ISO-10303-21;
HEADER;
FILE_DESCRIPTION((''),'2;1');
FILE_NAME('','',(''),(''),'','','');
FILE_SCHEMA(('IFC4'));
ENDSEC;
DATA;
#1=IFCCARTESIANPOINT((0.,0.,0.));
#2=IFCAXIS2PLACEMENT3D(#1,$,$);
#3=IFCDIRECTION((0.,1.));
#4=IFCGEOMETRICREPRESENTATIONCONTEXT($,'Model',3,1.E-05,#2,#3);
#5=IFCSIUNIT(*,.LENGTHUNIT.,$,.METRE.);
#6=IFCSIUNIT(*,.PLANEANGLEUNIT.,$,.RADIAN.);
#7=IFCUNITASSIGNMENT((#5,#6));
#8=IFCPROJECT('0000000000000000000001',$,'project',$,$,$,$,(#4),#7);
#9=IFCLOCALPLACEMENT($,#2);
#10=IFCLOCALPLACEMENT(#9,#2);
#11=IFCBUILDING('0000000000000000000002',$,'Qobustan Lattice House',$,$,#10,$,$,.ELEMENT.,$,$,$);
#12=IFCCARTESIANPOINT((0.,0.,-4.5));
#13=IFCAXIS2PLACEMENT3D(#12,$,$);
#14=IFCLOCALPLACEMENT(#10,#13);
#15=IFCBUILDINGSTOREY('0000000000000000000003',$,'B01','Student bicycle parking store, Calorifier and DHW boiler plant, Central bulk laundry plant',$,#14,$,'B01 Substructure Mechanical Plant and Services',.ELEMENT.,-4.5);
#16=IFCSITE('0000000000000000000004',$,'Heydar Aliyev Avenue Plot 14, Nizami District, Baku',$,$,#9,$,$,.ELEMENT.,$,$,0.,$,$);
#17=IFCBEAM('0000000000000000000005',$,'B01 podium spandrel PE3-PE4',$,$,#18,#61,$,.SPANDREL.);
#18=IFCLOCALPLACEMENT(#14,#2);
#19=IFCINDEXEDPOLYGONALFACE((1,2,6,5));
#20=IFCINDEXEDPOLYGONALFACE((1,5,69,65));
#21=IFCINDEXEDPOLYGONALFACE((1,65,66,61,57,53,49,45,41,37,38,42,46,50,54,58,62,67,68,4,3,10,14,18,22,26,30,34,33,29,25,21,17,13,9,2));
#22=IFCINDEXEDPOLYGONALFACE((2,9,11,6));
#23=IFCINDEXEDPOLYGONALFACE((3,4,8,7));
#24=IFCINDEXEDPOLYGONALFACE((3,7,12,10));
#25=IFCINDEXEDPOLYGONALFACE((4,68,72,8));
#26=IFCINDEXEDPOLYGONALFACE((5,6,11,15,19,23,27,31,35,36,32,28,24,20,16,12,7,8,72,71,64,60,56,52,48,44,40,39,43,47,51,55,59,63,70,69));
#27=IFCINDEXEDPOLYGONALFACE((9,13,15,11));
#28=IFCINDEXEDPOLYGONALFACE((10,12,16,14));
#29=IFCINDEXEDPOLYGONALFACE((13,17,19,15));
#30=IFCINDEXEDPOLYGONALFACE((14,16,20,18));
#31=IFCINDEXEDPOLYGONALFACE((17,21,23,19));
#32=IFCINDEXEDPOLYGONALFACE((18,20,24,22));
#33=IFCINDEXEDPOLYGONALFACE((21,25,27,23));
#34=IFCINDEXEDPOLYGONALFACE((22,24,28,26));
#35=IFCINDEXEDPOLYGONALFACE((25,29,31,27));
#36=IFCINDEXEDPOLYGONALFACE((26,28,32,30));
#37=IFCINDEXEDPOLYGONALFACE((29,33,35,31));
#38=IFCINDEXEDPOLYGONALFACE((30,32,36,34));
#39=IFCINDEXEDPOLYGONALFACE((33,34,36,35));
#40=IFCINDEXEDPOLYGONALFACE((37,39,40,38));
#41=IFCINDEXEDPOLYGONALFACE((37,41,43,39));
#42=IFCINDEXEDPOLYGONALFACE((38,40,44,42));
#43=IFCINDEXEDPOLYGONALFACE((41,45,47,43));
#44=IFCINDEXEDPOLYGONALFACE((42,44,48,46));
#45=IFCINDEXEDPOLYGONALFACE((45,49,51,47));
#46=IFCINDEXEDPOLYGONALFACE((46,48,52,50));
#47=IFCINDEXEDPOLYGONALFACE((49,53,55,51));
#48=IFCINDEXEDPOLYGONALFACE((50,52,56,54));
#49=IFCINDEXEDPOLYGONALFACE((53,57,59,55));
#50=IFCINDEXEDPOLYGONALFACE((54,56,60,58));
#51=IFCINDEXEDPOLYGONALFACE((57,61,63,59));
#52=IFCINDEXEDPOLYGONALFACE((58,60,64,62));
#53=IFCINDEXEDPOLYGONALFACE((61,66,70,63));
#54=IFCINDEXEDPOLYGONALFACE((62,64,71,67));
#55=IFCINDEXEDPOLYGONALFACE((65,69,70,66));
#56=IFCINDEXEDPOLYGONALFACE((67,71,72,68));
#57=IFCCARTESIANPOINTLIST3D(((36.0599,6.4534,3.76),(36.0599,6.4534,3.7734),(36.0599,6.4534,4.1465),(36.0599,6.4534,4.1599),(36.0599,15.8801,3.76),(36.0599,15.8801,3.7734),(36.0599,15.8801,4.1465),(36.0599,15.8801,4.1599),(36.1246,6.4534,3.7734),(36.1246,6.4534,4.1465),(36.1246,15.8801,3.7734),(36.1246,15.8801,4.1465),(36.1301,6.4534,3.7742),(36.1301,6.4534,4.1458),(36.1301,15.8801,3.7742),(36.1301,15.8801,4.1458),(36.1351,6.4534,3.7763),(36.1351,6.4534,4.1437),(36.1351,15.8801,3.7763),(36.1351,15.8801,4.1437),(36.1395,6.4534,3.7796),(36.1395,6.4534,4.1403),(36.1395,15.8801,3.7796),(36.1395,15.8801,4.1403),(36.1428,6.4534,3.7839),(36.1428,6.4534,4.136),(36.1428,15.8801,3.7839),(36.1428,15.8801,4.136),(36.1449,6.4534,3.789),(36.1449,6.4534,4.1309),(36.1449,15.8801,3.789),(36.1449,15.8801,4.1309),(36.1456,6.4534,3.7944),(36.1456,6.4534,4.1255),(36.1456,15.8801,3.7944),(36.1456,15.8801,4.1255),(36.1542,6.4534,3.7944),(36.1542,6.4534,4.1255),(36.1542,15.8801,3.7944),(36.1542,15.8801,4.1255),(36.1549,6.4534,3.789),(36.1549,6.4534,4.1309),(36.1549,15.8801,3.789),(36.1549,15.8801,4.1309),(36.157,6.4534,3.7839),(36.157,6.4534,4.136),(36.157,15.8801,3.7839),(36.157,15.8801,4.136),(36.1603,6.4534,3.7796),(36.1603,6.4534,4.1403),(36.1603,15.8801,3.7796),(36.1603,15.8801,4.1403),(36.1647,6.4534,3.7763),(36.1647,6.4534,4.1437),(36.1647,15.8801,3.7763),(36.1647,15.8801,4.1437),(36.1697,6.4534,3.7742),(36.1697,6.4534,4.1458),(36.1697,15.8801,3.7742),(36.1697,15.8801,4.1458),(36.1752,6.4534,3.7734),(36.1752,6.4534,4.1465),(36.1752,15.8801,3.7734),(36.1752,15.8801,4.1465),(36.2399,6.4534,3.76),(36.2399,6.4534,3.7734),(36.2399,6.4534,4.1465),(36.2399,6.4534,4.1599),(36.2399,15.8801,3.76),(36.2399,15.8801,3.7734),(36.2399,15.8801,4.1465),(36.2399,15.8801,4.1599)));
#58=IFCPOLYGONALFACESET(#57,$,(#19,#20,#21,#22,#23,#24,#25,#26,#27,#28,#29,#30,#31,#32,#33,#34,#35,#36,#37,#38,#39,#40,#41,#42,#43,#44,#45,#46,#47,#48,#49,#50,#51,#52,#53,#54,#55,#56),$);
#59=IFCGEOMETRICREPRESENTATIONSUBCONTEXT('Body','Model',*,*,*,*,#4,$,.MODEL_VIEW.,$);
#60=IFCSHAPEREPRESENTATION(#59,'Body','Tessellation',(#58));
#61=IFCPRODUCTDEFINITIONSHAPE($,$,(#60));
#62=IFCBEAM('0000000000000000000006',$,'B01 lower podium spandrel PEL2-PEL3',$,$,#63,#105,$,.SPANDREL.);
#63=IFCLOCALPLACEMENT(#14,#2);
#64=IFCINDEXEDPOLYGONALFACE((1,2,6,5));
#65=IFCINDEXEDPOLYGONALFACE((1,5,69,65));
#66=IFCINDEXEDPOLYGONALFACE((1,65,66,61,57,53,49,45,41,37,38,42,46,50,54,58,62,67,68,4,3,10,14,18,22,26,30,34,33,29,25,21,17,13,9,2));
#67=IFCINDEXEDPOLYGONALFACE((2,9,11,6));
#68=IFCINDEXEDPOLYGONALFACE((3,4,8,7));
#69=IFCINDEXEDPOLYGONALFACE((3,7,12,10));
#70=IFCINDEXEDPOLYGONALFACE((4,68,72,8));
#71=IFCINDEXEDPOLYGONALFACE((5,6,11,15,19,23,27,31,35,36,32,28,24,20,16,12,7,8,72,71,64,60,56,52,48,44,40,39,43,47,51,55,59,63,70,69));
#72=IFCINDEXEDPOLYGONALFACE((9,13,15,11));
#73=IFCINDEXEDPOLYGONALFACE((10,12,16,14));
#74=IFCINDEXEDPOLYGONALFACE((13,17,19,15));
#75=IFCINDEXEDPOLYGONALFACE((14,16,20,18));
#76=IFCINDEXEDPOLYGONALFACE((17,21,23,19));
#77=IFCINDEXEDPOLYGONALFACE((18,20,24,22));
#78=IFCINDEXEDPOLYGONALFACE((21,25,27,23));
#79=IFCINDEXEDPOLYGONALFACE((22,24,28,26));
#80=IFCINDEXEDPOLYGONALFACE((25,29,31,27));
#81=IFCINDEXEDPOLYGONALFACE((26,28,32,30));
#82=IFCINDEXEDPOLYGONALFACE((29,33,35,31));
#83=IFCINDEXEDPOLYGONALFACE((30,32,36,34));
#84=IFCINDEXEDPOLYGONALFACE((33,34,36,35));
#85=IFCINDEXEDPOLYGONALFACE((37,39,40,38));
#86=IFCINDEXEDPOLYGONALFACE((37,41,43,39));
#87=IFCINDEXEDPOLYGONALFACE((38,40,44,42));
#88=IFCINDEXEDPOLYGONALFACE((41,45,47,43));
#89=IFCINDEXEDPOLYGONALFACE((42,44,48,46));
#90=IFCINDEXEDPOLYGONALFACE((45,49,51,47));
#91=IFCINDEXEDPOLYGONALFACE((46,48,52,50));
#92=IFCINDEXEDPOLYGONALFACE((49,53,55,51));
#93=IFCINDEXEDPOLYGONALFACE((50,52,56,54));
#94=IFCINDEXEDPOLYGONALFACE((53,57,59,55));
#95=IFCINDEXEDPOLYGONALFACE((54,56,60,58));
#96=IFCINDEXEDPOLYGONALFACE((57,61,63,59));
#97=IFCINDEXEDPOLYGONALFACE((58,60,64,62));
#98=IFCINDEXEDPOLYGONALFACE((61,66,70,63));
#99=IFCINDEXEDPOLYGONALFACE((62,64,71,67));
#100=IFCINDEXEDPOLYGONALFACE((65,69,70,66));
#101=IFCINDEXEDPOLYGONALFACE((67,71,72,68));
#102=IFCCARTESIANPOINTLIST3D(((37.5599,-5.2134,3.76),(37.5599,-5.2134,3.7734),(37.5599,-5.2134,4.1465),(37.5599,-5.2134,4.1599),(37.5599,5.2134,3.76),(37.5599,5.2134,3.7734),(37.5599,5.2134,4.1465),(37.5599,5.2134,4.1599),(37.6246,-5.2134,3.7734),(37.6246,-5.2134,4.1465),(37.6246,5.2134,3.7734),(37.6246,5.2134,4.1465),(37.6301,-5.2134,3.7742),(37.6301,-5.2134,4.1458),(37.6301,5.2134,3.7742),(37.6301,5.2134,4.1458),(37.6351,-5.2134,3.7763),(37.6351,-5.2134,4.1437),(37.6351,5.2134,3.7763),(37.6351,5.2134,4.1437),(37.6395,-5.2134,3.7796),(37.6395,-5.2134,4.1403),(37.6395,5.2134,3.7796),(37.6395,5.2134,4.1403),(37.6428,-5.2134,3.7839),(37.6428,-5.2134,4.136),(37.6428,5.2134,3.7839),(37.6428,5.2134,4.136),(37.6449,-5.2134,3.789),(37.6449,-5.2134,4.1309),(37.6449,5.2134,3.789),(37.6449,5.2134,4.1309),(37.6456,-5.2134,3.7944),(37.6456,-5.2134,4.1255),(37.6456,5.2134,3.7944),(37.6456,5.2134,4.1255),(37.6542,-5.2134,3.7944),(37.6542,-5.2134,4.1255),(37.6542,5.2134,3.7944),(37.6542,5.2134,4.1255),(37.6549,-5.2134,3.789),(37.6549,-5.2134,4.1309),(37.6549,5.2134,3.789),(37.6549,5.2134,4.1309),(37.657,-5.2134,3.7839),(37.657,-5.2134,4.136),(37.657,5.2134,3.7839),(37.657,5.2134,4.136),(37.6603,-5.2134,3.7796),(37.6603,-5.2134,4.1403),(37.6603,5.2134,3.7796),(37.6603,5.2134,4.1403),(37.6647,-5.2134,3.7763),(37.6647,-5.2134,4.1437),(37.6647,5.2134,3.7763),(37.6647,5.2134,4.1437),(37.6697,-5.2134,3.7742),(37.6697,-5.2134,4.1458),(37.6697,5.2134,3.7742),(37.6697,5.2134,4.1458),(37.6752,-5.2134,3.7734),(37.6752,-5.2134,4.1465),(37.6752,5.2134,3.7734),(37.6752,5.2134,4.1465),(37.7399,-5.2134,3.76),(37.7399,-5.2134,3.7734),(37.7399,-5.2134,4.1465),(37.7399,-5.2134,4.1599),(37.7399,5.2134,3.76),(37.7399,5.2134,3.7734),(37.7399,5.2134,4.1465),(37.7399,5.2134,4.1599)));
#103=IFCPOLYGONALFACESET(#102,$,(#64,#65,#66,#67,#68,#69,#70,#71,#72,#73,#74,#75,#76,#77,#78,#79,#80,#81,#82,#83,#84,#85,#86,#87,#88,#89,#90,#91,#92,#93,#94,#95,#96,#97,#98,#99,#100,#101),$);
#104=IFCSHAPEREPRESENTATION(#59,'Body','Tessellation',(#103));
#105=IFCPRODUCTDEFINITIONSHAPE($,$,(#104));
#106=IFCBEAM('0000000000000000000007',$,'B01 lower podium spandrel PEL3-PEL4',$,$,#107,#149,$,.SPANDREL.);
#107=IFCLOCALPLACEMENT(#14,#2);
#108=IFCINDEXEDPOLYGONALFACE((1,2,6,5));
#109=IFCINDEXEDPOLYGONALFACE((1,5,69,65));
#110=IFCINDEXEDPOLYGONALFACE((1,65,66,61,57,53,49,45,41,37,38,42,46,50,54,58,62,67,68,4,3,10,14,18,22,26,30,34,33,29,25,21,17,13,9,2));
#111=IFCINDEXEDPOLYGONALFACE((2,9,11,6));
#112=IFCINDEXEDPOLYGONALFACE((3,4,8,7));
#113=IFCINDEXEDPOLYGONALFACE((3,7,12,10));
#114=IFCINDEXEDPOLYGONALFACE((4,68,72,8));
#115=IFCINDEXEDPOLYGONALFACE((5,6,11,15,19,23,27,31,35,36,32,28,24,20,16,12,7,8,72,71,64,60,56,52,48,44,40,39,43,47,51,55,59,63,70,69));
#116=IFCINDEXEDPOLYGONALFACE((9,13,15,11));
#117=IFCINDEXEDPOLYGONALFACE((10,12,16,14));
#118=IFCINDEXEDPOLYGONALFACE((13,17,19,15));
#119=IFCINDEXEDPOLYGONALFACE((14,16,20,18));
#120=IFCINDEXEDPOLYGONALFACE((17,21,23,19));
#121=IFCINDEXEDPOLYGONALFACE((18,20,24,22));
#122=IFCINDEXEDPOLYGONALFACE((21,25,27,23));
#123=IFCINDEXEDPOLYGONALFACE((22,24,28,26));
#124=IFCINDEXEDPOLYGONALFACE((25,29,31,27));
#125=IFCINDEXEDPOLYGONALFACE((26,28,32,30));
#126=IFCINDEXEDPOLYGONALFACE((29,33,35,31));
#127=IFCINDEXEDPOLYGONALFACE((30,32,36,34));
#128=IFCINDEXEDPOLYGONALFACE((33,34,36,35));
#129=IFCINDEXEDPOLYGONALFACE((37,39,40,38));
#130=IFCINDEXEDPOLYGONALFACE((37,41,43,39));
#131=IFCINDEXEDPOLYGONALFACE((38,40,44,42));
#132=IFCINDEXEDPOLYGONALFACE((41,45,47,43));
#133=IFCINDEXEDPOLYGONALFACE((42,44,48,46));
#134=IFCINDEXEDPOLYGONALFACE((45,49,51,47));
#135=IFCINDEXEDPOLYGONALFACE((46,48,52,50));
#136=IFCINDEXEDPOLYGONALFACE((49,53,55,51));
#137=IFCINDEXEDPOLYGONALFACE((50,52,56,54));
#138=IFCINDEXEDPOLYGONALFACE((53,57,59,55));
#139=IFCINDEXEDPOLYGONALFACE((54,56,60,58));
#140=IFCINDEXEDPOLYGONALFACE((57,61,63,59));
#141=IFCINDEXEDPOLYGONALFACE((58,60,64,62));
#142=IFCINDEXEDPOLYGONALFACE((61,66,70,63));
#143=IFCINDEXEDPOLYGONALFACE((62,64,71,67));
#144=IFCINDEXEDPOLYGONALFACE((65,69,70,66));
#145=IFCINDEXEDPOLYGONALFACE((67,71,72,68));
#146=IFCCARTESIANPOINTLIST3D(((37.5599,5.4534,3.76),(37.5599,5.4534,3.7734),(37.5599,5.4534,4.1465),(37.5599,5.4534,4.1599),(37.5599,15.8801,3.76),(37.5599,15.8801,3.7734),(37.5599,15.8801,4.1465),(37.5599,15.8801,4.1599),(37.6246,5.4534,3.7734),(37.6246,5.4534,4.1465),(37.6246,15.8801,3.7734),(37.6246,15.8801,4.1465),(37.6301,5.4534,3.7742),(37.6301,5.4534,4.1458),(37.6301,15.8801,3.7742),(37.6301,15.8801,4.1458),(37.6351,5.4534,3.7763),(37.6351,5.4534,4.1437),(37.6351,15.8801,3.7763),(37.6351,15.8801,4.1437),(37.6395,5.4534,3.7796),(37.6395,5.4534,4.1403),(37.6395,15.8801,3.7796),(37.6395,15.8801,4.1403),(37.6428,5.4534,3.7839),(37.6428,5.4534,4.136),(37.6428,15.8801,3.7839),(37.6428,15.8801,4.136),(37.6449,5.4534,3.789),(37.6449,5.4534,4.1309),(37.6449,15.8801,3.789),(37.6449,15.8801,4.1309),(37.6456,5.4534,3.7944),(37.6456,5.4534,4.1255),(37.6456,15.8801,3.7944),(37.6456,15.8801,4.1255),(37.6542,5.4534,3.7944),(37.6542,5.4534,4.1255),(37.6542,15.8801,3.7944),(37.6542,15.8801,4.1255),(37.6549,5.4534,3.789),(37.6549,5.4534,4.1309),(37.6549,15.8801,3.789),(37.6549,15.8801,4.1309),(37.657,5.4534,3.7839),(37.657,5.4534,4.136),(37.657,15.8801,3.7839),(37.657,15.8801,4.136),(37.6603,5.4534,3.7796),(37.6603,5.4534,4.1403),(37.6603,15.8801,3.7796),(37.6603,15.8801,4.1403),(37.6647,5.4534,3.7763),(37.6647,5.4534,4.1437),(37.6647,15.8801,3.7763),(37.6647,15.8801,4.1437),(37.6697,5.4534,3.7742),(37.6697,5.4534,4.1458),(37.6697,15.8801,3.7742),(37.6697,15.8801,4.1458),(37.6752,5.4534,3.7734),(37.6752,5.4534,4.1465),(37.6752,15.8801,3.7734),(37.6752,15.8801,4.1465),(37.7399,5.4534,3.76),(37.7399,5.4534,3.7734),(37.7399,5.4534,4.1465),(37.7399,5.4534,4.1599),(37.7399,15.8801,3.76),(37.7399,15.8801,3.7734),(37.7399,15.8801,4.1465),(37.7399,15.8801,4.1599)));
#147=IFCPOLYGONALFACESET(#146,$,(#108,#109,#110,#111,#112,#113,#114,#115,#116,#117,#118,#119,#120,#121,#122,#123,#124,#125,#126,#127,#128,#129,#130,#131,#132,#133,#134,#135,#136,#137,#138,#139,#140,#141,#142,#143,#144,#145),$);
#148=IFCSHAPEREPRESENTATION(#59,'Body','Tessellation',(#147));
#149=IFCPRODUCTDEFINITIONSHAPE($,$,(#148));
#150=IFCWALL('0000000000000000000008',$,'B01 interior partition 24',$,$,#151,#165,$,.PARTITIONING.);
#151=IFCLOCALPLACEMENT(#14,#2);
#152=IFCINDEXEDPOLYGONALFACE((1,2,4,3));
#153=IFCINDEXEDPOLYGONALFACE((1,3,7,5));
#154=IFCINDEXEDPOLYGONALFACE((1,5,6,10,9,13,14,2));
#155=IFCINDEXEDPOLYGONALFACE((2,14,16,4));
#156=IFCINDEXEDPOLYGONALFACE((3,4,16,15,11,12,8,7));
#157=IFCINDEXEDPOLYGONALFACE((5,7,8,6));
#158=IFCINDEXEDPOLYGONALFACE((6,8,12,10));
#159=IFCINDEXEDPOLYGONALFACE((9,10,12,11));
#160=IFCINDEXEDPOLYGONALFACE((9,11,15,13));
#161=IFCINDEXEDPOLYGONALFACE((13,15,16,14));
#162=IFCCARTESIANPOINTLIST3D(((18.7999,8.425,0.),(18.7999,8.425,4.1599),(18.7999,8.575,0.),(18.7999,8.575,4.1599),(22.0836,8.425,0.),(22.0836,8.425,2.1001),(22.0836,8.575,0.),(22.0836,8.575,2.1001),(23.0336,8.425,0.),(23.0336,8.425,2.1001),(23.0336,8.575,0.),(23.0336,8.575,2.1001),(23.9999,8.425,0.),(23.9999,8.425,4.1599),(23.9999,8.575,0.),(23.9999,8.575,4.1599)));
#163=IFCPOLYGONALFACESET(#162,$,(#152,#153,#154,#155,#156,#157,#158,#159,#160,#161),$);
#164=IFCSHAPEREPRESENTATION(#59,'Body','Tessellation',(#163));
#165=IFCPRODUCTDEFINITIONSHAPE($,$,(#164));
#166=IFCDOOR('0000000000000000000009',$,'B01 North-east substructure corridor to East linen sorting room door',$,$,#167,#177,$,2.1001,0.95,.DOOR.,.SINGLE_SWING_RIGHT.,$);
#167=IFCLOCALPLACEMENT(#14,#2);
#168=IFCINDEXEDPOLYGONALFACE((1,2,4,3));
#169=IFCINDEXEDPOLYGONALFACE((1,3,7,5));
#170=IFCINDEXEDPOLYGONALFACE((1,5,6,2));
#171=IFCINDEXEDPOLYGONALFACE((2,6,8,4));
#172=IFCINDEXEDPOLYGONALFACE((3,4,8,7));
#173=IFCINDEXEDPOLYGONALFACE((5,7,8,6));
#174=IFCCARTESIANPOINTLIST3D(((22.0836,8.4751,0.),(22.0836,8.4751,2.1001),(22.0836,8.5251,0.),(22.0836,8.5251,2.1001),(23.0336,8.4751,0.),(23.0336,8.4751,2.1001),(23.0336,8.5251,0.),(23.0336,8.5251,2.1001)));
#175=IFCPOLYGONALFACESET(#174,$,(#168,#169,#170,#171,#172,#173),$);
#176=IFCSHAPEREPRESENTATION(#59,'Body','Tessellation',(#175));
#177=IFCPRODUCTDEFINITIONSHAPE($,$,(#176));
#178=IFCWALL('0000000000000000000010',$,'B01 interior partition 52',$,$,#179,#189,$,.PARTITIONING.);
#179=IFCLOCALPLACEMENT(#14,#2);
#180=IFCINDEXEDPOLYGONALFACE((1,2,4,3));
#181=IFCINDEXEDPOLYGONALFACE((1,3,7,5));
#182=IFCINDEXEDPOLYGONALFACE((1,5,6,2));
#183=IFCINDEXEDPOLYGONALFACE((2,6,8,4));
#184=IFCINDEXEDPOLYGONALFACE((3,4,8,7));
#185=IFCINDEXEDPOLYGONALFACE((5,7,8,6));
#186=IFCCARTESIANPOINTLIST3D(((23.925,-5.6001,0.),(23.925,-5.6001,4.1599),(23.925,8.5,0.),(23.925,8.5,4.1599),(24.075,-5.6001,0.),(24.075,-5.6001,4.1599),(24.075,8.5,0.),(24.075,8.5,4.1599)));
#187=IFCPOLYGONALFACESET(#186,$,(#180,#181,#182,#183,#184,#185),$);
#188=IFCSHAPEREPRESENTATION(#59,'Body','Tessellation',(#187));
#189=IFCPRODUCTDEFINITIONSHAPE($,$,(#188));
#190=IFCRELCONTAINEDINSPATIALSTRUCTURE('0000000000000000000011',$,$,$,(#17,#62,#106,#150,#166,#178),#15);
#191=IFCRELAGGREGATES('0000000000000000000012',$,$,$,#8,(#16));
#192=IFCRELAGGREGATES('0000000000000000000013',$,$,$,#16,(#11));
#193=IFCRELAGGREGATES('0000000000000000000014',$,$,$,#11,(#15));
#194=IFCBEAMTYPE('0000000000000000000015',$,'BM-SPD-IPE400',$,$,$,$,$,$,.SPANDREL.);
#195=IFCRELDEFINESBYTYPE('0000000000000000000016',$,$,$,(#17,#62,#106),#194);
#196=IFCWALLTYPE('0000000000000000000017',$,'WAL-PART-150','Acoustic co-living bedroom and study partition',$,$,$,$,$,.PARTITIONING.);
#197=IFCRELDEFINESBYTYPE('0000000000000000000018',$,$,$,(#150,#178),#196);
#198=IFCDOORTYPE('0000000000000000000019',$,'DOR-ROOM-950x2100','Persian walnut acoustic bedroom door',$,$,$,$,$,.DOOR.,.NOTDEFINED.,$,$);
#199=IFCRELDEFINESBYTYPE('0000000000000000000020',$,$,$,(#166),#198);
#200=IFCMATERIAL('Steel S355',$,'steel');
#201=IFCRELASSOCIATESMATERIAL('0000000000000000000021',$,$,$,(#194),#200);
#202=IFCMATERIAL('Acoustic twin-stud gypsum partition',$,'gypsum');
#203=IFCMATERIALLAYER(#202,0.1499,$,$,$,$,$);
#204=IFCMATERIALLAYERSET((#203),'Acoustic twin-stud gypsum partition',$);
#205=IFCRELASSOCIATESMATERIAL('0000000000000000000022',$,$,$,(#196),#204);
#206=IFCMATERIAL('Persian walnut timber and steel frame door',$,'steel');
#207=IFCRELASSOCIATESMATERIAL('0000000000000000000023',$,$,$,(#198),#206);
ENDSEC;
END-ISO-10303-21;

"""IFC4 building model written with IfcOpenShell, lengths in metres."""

from ifc_helpers import new_model, si_unit, direction, frame, frame_2d, origin, origin_2d, place, context, subcontext, project, spatial, rectangle, i_section, extrude, material, layer, layer_set, material_profile, profile_set, type_object, element, fill, save


model = new_model("IFC4")

# Units and contexts
model_context = context("Model", 3, precision=1e-05, world=origin(), true_north=direction((0.0, 1.0)))
body_context = subcontext(model_context, "Body", "Model", "MODEL_VIEW")
ifc_project = project(units=[si_unit("LENGTHUNIT", "METRE"), si_unit("PLANEANGLEUNIT", "RADIAN")], contexts=[model_context])

# Site, building, storey
site_placement = place(None, origin())
site = spatial("IfcSite", under=ifc_project, at=site_placement, Name="Heydar Aliyev Avenue Plot 14, Nizami District, Baku", CompositionType="ELEMENT", RefElevation=0.0)
building_placement = place(site_placement, origin())
building = spatial("IfcBuilding", under=site, at=building_placement, Name="Qobustan Lattice House", CompositionType="ELEMENT")
storey_placement = place(building_placement, frame((0.0, 0.0, -4.5)))
storey = spatial("IfcBuildingStorey", under=building, at=storey_placement, Name="B01", Description="Student bicycle parking store, Calorifier and DHW boiler plant, Central bulk laundry plant", LongName="B01 Substructure Mechanical Plant and Services", CompositionType="ELEMENT", Elevation=-4.5)

# Beams
ifc_material_1 = material(Name="Steel S355", Category="steel")
ifc_material_profile_1 = material_profile(ifc_material_1, i_section(OverallWidth=0.1799, OverallDepth=0.3999, WebThickness=0.0085, FlangeThickness=0.0134, FilletRadius=0.021, at=origin_2d()), Name="IPE400")
ifc_profile_set_1 = profile_set([ifc_material_profile_1], Name="Steel S355")
beam_type_1 = type_object("IfcBeamType", Name="BM-SPD-IPE400", PredefinedType="SPANDREL", material=ifc_profile_set_1)
for number, where, z_axis, x_axis, name in (
    (1, (36.1499, 6.4534, 3.96), (0.0, 1.0, 0.0), (-1.0, 0.0, 0.0), "B01 podium spandrel PE3-PE4"),
):
    element("IfcBeam", number, at=place(storey_placement, frame(where, z_axis=z_axis, x_axis=x_axis)), inside=storey, type_object=beam_type_1, Name=name, PredefinedType="SPANDREL", context=body_context, shape_type="SweptSolid", body=[
        extrude(i_section(OverallWidth=0.1799, OverallDepth=0.3999, WebThickness=0.0085, FlangeThickness=0.0134, FilletRadius=0.021, at=origin_2d()), origin(), (0.0, 0.0, 1.0), 9.4268),
    ])
for number, where, z_axis, x_axis, name in (
    (2, (37.6499, -5.2134, 3.96), (0.0, 1.0, 0.0), (-1.0, 0.0, 0.0), "B01 lower podium spandrel PEL2-PEL3"),
    (3, (37.6499, 5.4534, 3.96), (0.0, 1.0, 0.0), (-1.0, 0.0, 0.0), "B01 lower podium spandrel PEL3-PEL4"),
):
    element("IfcBeam", number, at=place(storey_placement, frame(where, z_axis=z_axis, x_axis=x_axis)), inside=storey, type_object=beam_type_1, Name=name, PredefinedType="SPANDREL", context=body_context, shape_type="SweptSolid", body=[
        extrude(i_section(OverallWidth=0.1799, OverallDepth=0.3999, WebThickness=0.0085, FlangeThickness=0.0134, FilletRadius=0.021, at=origin_2d()), origin(), (0.0, 0.0, 1.0), 10.4268),
    ])

# Wall, opening, door
ifc_material_2 = material(Name="Acoustic twin-stud gypsum partition", Category="gypsum")
ifc_layer = layer(ifc_material_2, 0.1499)
ifc_layer_set = layer_set([ifc_layer], Name="Acoustic twin-stud gypsum partition")
wall_type = type_object("IfcWallType", Name="WAL-PART-150", Description="Acoustic co-living bedroom and study partition", PredefinedType="PARTITIONING", material=ifc_layer_set)
wall_1_placement = place(storey_placement, frame((24.0, 8.5, 0.0), z_axis=(0.0, 0.0, 1.0), x_axis=(-1.0, 0.0, 0.0)))
wall_1 = element("IfcWall", 4, at=wall_1_placement, inside=storey, type_object=wall_type, Name="B01 interior partition 24", PredefinedType="PARTITIONING", context=body_context, shape_type="SweptSolid", body=[
    extrude(rectangle(XDim=5.2, YDim=0.1499, at=frame_2d((2.6001, 0.0))), origin(), (0.0, 0.0, 1.0), 4.1599),
])
opening_placement = place(wall_1_placement, frame((0.9663, 0.0, 0.0)))
opening = element("IfcOpeningElement", 5, at=opening_placement, cuts=wall_1, PredefinedType="OPENING", context=body_context, shape_type="SweptSolid", body=[
    extrude(rectangle(XDim=0.95, YDim=2.1001, at=frame_2d((0.4751, 1.05))), frame((0.0, 0.085, 0.0), z_axis=(0.0, -1.0, 0.0), x_axis=(1.0, 0.0, 0.0)), (0.0, 0.0, 1.0), 0.1699),
])
ifc_material_3 = material(Name="Persian walnut timber and steel frame door", Category="steel")
door_type = type_object("IfcDoorType", Name="DOR-ROOM-950x2100", Description="Persian walnut acoustic bedroom door", OperationType="NOTDEFINED", PredefinedType="DOOR", material=ifc_material_3)
door_placement = place(opening_placement, origin())
door = element("IfcDoor", 6, at=door_placement, inside=storey, type_object=door_type, Name="B01 North-east substructure corridor to East linen sorting room door", OperationType="SINGLE_SWING_RIGHT", OverallHeight=2.1001, OverallWidth=0.95, PredefinedType="DOOR", context=body_context, shape_type="SweptSolid", body=[
    extrude(rectangle(XDim=0.95, YDim=2.1001, at=frame_2d((0.4751, 1.05))), frame((0.0, 0.0249, 0.0), z_axis=(0.0, -1.0, 0.0), x_axis=(1.0, 0.0, 0.0)), (0.0, 0.0, 1.0), 0.05),
])
fill(opening, door)

# Wall
wall_2_placement = place(storey_placement, frame((24.0, 8.5, 0.0), z_axis=(0.0, 0.0, 1.0), x_axis=(0.0, -1.0, 0.0)))
element("IfcWall", 7, at=wall_2_placement, inside=storey, type_object=wall_type, Name="B01 interior partition 52", PredefinedType="PARTITIONING", context=body_context, shape_type="SweptSolid", body=[
    extrude(rectangle(XDim=14.1001, YDim=0.1499, at=frame_2d((7.05, 0.0))), origin(), (0.0, 0.0, 1.0), 4.1599),
])

save(model, "model.ifc")
